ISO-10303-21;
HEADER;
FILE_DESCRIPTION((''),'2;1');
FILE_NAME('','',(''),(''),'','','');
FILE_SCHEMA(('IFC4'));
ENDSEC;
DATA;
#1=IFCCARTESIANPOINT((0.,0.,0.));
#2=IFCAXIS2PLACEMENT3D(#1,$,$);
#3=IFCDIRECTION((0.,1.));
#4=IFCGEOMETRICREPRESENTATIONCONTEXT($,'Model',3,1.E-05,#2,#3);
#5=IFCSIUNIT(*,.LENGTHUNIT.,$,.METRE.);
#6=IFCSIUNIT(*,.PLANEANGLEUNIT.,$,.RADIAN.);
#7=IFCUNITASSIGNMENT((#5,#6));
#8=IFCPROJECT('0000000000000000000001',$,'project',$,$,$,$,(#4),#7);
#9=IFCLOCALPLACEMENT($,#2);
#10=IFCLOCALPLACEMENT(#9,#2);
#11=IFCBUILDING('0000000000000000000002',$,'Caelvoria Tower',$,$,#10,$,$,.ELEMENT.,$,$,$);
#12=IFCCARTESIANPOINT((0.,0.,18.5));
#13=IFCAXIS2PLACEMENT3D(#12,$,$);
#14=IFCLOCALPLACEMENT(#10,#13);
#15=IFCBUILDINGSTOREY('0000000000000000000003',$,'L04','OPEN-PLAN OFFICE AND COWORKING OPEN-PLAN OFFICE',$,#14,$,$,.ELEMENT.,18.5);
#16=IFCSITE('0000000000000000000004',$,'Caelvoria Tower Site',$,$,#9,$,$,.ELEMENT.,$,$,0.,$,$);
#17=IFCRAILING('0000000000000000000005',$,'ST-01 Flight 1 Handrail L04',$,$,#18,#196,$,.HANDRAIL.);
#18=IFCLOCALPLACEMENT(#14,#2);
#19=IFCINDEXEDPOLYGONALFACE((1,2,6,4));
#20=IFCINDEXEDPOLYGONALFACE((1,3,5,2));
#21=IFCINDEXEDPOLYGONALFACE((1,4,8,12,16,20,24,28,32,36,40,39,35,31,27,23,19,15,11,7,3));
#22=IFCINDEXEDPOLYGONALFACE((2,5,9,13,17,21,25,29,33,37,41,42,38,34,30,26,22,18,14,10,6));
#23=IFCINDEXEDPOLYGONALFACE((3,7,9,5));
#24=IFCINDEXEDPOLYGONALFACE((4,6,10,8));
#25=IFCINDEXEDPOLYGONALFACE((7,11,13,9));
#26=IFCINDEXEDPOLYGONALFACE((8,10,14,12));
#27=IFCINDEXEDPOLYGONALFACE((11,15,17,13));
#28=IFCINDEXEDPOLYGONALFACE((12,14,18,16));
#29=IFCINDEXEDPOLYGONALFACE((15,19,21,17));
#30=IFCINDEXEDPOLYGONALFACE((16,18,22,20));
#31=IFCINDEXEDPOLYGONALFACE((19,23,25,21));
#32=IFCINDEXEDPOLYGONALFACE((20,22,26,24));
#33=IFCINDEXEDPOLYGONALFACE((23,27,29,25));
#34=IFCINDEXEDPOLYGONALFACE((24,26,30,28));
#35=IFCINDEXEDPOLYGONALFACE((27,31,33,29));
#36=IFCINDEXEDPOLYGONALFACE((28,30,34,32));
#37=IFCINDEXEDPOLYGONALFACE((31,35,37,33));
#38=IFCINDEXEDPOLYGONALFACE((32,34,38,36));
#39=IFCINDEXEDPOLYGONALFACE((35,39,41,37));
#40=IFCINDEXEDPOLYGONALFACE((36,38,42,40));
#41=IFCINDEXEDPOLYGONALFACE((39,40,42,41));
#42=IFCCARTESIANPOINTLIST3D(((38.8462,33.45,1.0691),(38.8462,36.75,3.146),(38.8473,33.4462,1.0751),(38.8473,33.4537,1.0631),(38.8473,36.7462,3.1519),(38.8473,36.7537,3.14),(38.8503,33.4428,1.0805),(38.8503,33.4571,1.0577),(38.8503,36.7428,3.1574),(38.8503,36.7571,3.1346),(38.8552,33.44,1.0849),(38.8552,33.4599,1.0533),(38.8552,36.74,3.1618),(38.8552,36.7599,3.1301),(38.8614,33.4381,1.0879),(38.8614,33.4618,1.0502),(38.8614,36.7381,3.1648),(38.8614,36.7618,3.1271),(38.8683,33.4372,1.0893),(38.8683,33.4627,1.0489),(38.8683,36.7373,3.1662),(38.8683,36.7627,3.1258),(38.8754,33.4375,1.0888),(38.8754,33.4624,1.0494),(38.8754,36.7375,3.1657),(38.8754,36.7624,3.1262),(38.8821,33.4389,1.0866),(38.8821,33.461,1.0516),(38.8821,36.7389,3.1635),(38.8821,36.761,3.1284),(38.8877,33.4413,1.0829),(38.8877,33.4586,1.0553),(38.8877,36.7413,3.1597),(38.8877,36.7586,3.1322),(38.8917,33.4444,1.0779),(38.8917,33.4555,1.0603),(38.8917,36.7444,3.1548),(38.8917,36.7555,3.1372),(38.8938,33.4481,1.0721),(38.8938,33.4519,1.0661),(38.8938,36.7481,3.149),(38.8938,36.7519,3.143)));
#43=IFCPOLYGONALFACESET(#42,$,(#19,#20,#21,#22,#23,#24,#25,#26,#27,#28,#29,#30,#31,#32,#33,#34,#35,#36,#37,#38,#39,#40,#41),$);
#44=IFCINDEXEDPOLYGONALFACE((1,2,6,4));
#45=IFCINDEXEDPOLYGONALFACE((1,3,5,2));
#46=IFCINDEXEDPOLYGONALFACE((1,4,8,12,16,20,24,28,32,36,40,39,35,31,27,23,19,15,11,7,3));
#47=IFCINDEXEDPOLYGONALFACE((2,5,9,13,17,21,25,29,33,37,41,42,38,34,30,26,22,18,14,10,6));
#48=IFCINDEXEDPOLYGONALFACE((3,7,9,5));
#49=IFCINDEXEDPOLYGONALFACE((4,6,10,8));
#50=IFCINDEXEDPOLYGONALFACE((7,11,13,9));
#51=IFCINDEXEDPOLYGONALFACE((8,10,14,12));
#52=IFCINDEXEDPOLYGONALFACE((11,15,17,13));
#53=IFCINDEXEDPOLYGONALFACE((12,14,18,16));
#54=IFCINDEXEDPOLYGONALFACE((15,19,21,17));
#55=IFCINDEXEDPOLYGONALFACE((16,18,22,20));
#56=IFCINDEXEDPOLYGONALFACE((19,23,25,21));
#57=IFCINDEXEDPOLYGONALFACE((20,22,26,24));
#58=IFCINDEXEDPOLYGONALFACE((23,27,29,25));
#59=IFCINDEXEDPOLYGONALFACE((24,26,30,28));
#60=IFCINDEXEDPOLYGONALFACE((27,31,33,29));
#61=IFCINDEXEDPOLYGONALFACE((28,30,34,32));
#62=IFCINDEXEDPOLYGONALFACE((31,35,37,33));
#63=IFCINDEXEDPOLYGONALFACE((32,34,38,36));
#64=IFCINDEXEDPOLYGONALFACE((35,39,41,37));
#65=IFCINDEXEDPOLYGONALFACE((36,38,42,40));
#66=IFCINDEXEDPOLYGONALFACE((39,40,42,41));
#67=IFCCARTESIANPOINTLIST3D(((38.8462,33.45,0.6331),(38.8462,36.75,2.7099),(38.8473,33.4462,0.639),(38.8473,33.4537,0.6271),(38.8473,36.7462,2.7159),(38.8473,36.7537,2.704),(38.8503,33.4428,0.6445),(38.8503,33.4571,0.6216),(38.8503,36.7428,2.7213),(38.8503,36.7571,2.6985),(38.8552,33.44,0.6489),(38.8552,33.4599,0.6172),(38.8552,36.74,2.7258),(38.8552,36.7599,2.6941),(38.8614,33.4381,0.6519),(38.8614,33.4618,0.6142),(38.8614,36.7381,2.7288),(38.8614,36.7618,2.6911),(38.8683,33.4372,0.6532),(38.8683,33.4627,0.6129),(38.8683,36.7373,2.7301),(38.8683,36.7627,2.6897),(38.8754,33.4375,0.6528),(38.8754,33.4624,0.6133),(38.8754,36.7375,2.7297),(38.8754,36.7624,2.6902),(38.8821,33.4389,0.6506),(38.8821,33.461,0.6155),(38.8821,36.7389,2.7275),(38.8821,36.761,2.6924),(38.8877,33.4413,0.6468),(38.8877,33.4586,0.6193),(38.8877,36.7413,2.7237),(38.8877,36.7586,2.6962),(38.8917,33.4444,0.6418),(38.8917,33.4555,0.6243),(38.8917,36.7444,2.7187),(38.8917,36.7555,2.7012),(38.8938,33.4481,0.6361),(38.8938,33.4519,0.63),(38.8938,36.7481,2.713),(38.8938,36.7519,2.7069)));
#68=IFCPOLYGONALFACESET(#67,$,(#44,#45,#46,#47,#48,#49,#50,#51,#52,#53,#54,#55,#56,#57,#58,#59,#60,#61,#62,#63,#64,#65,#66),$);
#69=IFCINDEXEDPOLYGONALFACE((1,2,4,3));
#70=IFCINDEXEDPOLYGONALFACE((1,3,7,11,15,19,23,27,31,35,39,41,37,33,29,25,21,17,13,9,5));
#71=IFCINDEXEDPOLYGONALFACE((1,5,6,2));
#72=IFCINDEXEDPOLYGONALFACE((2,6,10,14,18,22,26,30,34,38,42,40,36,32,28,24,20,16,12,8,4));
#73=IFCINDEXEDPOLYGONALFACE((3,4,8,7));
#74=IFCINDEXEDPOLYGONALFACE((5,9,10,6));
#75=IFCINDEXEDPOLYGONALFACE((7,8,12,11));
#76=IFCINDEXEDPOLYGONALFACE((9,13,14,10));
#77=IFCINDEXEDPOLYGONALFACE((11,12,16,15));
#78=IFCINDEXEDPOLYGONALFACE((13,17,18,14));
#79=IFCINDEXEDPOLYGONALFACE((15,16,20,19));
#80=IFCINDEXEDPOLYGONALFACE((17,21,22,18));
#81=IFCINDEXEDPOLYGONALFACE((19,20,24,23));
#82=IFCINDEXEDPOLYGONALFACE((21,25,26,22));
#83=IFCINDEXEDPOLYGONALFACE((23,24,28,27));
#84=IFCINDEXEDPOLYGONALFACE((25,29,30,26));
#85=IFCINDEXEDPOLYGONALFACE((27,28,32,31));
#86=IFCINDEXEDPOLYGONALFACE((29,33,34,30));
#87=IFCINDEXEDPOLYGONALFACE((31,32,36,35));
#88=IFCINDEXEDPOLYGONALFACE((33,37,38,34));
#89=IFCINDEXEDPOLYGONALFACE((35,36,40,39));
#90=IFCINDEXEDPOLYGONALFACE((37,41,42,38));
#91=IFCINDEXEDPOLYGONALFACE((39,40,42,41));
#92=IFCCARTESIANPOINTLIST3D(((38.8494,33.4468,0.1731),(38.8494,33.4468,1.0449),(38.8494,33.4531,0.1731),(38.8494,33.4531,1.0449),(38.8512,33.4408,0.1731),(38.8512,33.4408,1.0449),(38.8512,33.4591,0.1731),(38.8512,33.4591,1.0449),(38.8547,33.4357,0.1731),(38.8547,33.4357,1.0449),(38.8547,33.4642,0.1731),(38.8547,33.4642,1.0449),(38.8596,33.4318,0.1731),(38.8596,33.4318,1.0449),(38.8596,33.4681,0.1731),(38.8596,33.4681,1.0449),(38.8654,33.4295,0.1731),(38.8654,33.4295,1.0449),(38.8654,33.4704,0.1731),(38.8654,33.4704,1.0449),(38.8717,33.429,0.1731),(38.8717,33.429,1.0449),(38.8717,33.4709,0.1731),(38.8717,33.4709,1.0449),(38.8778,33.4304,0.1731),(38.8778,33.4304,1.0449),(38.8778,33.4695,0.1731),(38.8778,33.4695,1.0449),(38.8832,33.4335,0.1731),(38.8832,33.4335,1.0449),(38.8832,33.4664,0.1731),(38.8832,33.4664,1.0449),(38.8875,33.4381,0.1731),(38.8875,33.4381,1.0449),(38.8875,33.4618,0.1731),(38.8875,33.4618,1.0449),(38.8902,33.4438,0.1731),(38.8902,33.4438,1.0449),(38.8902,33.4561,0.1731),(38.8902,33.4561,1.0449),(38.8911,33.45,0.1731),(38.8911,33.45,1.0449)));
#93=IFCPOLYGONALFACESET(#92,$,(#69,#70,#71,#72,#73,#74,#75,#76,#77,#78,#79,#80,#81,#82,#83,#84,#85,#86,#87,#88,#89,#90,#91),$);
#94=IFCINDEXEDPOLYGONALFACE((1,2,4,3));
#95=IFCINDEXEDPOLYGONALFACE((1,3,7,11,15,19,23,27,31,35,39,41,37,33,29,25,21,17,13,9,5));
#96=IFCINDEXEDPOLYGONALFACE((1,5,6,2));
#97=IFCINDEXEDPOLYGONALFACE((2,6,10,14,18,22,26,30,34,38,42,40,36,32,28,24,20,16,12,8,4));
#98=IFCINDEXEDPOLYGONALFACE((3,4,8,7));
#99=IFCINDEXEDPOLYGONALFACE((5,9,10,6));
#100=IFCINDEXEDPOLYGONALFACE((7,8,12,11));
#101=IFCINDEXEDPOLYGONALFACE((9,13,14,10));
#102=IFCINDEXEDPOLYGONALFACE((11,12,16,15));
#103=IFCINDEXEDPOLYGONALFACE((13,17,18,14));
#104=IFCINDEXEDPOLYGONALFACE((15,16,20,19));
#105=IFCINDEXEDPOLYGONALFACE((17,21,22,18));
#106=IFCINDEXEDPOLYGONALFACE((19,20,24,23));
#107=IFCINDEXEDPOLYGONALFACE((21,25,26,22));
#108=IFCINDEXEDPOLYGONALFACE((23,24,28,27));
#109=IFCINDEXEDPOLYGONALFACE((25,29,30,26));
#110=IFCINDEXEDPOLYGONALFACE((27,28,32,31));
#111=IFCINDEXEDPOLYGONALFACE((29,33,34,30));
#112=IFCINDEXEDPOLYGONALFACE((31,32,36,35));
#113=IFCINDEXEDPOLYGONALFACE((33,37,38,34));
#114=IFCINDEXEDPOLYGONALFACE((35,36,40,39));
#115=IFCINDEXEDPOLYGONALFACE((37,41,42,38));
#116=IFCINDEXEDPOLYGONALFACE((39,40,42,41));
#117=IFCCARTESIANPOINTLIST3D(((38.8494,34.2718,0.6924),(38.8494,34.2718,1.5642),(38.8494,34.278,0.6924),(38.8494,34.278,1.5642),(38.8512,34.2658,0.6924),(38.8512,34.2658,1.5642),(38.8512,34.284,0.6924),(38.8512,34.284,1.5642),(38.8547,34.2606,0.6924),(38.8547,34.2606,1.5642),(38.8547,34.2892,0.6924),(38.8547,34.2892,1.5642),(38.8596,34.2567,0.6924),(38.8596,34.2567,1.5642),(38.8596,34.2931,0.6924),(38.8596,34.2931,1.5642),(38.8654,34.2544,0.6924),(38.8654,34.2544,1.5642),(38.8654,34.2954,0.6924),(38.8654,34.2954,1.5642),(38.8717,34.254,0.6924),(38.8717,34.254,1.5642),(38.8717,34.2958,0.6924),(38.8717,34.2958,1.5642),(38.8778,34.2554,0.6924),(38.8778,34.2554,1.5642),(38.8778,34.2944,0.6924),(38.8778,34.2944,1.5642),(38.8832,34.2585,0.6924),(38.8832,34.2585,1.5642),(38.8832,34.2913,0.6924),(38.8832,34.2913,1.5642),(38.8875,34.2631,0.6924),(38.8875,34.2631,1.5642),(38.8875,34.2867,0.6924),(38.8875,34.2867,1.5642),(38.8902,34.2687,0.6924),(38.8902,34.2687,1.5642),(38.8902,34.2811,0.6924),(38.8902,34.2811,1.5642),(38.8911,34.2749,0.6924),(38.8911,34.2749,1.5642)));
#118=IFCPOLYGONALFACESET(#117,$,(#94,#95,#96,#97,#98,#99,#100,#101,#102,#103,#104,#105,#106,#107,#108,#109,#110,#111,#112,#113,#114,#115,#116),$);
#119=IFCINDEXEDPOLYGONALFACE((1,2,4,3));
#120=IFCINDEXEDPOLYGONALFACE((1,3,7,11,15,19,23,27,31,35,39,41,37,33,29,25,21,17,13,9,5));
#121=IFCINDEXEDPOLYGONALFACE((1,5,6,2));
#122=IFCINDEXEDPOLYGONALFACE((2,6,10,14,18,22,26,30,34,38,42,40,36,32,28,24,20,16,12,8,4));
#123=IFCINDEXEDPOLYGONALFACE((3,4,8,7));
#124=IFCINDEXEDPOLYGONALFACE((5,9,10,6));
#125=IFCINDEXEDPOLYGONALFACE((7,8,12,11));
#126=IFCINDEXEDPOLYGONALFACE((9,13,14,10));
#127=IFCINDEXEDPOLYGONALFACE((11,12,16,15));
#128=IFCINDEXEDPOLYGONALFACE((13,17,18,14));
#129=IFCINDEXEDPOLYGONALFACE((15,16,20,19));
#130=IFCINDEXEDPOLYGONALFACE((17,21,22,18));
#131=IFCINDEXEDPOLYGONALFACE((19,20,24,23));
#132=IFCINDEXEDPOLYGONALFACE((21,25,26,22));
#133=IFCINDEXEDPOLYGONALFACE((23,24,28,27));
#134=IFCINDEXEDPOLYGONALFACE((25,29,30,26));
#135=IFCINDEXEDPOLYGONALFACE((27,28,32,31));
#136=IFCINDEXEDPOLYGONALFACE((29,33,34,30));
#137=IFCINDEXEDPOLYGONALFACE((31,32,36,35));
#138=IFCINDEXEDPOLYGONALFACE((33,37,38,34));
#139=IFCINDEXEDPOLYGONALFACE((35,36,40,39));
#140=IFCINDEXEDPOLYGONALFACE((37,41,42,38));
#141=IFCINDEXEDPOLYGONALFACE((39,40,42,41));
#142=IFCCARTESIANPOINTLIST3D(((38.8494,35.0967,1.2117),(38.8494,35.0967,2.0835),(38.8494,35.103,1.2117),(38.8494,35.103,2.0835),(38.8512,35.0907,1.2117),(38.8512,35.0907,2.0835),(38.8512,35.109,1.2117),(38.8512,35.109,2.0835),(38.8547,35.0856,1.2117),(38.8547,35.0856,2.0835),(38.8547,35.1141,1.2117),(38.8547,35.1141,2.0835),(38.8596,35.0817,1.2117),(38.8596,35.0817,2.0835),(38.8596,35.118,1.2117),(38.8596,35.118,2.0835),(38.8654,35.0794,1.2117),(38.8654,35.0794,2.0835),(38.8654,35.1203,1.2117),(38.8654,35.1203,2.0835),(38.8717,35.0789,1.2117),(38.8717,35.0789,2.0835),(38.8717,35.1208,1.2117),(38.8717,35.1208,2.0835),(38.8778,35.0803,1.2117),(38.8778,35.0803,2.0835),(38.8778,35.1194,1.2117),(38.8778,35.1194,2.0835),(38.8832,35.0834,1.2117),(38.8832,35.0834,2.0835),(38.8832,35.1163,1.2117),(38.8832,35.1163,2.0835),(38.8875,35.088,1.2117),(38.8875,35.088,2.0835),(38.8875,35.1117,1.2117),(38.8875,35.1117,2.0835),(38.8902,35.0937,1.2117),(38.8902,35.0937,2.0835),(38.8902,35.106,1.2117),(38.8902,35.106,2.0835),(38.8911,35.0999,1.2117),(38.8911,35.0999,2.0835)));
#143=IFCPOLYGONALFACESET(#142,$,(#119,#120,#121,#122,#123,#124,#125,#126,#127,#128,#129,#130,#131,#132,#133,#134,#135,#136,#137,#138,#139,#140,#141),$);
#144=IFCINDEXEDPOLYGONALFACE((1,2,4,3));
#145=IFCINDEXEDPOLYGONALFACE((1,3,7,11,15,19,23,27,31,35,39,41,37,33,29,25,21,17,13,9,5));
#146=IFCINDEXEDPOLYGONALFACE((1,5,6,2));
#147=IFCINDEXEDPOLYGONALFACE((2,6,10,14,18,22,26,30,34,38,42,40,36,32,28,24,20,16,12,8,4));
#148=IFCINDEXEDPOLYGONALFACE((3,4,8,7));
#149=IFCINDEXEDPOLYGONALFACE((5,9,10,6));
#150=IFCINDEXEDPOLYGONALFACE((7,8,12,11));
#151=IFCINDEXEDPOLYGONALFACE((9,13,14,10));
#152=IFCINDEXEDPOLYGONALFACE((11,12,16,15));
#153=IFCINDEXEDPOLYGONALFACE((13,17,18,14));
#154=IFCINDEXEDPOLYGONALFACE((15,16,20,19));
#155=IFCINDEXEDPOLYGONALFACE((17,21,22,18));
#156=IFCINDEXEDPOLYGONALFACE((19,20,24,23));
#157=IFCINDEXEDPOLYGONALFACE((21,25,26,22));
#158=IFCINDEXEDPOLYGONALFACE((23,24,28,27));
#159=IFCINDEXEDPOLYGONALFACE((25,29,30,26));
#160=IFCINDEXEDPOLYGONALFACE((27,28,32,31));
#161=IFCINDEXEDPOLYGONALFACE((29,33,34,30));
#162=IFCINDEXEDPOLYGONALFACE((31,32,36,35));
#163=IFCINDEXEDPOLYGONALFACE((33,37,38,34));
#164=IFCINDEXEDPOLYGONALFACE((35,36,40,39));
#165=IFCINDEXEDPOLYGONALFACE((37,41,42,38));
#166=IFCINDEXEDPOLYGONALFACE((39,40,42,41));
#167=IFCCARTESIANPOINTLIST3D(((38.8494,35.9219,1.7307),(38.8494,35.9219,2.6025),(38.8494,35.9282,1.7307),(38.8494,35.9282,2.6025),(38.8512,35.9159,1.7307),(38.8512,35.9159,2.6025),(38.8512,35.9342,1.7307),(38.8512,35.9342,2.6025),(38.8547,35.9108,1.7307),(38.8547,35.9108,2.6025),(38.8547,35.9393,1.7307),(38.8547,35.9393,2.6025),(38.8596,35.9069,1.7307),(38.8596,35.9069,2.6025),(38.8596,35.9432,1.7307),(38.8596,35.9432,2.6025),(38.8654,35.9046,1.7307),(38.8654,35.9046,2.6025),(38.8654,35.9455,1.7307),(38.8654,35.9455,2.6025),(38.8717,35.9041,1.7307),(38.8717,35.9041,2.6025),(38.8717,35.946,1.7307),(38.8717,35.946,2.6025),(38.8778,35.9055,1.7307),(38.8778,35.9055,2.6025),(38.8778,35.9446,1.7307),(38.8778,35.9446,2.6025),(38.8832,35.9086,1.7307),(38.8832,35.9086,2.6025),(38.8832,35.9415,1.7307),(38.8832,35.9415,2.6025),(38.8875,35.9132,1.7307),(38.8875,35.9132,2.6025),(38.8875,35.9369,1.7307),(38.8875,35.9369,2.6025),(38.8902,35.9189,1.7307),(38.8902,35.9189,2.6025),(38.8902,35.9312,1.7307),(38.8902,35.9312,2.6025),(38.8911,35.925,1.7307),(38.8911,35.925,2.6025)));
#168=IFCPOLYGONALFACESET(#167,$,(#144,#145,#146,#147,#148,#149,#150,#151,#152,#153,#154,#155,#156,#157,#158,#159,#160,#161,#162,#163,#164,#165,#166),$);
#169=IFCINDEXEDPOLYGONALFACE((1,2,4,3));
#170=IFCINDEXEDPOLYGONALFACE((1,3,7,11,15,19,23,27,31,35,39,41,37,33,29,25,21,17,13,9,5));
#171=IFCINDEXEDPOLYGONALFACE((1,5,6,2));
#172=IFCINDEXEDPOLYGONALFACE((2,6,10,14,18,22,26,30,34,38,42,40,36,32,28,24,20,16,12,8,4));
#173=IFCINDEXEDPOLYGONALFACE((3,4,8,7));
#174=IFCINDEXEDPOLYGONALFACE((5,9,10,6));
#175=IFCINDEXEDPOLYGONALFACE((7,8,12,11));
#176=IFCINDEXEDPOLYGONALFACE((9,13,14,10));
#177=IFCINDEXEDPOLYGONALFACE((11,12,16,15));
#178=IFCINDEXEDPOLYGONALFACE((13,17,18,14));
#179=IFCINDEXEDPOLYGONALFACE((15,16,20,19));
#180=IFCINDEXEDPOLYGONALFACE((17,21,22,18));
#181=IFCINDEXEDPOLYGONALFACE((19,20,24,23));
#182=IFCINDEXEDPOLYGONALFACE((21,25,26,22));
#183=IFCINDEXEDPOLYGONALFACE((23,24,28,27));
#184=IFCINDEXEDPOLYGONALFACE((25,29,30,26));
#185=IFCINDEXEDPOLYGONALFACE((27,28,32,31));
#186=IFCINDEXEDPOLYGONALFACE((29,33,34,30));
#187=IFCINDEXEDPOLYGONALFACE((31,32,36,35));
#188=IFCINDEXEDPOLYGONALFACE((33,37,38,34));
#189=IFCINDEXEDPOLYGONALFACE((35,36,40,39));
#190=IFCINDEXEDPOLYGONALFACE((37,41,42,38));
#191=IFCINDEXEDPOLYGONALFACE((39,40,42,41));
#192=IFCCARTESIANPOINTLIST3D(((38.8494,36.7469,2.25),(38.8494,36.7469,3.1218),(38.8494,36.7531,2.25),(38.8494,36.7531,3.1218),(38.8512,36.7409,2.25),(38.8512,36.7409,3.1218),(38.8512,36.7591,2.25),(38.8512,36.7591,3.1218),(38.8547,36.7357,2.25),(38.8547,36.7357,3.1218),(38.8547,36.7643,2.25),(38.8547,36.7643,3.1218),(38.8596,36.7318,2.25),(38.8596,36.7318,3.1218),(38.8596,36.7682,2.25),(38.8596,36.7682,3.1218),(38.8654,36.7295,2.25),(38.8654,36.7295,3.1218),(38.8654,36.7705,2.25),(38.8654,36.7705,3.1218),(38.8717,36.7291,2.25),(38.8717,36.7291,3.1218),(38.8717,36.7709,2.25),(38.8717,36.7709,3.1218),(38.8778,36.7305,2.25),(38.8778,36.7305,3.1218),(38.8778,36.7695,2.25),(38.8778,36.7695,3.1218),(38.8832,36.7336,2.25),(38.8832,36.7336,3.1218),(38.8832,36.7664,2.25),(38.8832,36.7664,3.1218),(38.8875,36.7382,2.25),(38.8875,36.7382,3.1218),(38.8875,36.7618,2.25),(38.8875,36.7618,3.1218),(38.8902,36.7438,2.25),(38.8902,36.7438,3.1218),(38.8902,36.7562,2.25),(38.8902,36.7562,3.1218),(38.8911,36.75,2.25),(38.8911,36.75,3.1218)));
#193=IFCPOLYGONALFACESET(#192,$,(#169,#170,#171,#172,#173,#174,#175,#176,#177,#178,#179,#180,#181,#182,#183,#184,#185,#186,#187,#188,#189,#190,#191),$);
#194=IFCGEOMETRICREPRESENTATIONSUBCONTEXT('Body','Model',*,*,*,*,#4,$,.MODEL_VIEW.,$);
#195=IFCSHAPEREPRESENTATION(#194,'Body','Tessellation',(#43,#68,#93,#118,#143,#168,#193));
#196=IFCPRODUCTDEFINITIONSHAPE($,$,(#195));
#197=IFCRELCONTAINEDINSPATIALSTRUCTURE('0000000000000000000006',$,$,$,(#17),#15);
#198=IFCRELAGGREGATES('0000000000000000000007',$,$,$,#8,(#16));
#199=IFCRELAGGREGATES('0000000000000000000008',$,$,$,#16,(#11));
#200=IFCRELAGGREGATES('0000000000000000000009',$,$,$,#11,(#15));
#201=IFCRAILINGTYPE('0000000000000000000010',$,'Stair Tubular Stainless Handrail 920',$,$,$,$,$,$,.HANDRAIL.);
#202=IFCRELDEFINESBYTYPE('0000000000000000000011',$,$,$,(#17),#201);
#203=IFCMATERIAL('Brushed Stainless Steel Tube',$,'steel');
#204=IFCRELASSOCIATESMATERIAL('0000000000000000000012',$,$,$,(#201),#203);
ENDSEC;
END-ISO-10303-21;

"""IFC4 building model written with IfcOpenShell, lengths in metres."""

from ifc_helpers import new_model, si_unit, direction, frame, origin, origin_2d, place, context, subcontext, project, spatial, circle, extrude, material, type_object, element, save


model = new_model("IFC4")

# Units and contexts
model_context = context("Model", 3, precision=1e-05, world=origin(), true_north=direction((0.0, 1.0)))
body_context = subcontext(model_context, "Body", "Model", "MODEL_VIEW")
ifc_project = project(units=[si_unit("LENGTHUNIT", "METRE"), si_unit("PLANEANGLEUNIT", "RADIAN")], contexts=[model_context])

# Site, building, storey
site_placement = place(None, origin())
site = spatial("IfcSite", under=ifc_project, at=site_placement, Name="Caelvoria Tower Site", CompositionType="ELEMENT", RefElevation=0.0)
building_placement = place(site_placement, origin())
building = spatial("IfcBuilding", under=site, at=building_placement, Name="Caelvoria Tower", CompositionType="ELEMENT")
storey_placement = place(building_placement, frame((0.0, 0.0, 18.5)))
storey = spatial("IfcBuildingStorey", under=building, at=storey_placement, Name="L04", Description="OPEN-PLAN OFFICE AND COWORKING OPEN-PLAN OFFICE", CompositionType="ELEMENT", Elevation=18.5)

# Railing
ifc_material_1 = material(Name="Brushed Stainless Steel Tube", Category="steel")
railing_type_1 = type_object("IfcRailingType", Name="Stair Tubular Stainless Handrail 920", PredefinedType="HANDRAIL", material=ifc_material_1)
railing_1_placement = place(storey_placement, frame((38.8701, 33.45, 0.1731)))
element("IfcRailing", 1, at=railing_1_placement, inside=storey, type_object=railing_type_1, Name="ST-01 Flight 1 Handrail L04", PredefinedType="HANDRAIL", context=body_context, shape_type="SweptSolid", body=[
    extrude(circle(Radius=0.0239, at=origin_2d()), frame((0.0, 0.0, 0.896), z_axis=(0.0, 0.846337, 0.532647), x_axis=(-1.0, 0.0, 0.0)), (0.0, 0.0, 1.0), 3.8992),
    extrude(circle(Radius=0.0239, at=origin_2d()), frame((0.0, 0.0, 0.46), z_axis=(0.0, 0.846337, 0.532647), x_axis=(-1.0, 0.0, 0.0)), (0.0, 0.0, 1.0), 3.8992),
    extrude(circle(Radius=0.021, at=origin_2d()), origin(), (0.0, 0.0, 1.0), 0.8718),
    extrude(circle(Radius=0.021, at=origin_2d()), frame((0.0, 0.825, 0.5193)), (0.0, 0.0, 1.0), 0.8718),
    extrude(circle(Radius=0.021, at=origin_2d()), frame((0.0, 1.6499, 1.0386)), (0.0, 0.0, 1.0), 0.8718),
    extrude(circle(Radius=0.021, at=origin_2d()), frame((0.0, 2.4751, 1.5576)), (0.0, 0.0, 1.0), 0.8718),
    extrude(circle(Radius=0.021, at=origin_2d()), frame((0.0, 3.3, 2.0769)), (0.0, 0.0, 1.0), 0.8718),
])

save(model, "model.ifc")
